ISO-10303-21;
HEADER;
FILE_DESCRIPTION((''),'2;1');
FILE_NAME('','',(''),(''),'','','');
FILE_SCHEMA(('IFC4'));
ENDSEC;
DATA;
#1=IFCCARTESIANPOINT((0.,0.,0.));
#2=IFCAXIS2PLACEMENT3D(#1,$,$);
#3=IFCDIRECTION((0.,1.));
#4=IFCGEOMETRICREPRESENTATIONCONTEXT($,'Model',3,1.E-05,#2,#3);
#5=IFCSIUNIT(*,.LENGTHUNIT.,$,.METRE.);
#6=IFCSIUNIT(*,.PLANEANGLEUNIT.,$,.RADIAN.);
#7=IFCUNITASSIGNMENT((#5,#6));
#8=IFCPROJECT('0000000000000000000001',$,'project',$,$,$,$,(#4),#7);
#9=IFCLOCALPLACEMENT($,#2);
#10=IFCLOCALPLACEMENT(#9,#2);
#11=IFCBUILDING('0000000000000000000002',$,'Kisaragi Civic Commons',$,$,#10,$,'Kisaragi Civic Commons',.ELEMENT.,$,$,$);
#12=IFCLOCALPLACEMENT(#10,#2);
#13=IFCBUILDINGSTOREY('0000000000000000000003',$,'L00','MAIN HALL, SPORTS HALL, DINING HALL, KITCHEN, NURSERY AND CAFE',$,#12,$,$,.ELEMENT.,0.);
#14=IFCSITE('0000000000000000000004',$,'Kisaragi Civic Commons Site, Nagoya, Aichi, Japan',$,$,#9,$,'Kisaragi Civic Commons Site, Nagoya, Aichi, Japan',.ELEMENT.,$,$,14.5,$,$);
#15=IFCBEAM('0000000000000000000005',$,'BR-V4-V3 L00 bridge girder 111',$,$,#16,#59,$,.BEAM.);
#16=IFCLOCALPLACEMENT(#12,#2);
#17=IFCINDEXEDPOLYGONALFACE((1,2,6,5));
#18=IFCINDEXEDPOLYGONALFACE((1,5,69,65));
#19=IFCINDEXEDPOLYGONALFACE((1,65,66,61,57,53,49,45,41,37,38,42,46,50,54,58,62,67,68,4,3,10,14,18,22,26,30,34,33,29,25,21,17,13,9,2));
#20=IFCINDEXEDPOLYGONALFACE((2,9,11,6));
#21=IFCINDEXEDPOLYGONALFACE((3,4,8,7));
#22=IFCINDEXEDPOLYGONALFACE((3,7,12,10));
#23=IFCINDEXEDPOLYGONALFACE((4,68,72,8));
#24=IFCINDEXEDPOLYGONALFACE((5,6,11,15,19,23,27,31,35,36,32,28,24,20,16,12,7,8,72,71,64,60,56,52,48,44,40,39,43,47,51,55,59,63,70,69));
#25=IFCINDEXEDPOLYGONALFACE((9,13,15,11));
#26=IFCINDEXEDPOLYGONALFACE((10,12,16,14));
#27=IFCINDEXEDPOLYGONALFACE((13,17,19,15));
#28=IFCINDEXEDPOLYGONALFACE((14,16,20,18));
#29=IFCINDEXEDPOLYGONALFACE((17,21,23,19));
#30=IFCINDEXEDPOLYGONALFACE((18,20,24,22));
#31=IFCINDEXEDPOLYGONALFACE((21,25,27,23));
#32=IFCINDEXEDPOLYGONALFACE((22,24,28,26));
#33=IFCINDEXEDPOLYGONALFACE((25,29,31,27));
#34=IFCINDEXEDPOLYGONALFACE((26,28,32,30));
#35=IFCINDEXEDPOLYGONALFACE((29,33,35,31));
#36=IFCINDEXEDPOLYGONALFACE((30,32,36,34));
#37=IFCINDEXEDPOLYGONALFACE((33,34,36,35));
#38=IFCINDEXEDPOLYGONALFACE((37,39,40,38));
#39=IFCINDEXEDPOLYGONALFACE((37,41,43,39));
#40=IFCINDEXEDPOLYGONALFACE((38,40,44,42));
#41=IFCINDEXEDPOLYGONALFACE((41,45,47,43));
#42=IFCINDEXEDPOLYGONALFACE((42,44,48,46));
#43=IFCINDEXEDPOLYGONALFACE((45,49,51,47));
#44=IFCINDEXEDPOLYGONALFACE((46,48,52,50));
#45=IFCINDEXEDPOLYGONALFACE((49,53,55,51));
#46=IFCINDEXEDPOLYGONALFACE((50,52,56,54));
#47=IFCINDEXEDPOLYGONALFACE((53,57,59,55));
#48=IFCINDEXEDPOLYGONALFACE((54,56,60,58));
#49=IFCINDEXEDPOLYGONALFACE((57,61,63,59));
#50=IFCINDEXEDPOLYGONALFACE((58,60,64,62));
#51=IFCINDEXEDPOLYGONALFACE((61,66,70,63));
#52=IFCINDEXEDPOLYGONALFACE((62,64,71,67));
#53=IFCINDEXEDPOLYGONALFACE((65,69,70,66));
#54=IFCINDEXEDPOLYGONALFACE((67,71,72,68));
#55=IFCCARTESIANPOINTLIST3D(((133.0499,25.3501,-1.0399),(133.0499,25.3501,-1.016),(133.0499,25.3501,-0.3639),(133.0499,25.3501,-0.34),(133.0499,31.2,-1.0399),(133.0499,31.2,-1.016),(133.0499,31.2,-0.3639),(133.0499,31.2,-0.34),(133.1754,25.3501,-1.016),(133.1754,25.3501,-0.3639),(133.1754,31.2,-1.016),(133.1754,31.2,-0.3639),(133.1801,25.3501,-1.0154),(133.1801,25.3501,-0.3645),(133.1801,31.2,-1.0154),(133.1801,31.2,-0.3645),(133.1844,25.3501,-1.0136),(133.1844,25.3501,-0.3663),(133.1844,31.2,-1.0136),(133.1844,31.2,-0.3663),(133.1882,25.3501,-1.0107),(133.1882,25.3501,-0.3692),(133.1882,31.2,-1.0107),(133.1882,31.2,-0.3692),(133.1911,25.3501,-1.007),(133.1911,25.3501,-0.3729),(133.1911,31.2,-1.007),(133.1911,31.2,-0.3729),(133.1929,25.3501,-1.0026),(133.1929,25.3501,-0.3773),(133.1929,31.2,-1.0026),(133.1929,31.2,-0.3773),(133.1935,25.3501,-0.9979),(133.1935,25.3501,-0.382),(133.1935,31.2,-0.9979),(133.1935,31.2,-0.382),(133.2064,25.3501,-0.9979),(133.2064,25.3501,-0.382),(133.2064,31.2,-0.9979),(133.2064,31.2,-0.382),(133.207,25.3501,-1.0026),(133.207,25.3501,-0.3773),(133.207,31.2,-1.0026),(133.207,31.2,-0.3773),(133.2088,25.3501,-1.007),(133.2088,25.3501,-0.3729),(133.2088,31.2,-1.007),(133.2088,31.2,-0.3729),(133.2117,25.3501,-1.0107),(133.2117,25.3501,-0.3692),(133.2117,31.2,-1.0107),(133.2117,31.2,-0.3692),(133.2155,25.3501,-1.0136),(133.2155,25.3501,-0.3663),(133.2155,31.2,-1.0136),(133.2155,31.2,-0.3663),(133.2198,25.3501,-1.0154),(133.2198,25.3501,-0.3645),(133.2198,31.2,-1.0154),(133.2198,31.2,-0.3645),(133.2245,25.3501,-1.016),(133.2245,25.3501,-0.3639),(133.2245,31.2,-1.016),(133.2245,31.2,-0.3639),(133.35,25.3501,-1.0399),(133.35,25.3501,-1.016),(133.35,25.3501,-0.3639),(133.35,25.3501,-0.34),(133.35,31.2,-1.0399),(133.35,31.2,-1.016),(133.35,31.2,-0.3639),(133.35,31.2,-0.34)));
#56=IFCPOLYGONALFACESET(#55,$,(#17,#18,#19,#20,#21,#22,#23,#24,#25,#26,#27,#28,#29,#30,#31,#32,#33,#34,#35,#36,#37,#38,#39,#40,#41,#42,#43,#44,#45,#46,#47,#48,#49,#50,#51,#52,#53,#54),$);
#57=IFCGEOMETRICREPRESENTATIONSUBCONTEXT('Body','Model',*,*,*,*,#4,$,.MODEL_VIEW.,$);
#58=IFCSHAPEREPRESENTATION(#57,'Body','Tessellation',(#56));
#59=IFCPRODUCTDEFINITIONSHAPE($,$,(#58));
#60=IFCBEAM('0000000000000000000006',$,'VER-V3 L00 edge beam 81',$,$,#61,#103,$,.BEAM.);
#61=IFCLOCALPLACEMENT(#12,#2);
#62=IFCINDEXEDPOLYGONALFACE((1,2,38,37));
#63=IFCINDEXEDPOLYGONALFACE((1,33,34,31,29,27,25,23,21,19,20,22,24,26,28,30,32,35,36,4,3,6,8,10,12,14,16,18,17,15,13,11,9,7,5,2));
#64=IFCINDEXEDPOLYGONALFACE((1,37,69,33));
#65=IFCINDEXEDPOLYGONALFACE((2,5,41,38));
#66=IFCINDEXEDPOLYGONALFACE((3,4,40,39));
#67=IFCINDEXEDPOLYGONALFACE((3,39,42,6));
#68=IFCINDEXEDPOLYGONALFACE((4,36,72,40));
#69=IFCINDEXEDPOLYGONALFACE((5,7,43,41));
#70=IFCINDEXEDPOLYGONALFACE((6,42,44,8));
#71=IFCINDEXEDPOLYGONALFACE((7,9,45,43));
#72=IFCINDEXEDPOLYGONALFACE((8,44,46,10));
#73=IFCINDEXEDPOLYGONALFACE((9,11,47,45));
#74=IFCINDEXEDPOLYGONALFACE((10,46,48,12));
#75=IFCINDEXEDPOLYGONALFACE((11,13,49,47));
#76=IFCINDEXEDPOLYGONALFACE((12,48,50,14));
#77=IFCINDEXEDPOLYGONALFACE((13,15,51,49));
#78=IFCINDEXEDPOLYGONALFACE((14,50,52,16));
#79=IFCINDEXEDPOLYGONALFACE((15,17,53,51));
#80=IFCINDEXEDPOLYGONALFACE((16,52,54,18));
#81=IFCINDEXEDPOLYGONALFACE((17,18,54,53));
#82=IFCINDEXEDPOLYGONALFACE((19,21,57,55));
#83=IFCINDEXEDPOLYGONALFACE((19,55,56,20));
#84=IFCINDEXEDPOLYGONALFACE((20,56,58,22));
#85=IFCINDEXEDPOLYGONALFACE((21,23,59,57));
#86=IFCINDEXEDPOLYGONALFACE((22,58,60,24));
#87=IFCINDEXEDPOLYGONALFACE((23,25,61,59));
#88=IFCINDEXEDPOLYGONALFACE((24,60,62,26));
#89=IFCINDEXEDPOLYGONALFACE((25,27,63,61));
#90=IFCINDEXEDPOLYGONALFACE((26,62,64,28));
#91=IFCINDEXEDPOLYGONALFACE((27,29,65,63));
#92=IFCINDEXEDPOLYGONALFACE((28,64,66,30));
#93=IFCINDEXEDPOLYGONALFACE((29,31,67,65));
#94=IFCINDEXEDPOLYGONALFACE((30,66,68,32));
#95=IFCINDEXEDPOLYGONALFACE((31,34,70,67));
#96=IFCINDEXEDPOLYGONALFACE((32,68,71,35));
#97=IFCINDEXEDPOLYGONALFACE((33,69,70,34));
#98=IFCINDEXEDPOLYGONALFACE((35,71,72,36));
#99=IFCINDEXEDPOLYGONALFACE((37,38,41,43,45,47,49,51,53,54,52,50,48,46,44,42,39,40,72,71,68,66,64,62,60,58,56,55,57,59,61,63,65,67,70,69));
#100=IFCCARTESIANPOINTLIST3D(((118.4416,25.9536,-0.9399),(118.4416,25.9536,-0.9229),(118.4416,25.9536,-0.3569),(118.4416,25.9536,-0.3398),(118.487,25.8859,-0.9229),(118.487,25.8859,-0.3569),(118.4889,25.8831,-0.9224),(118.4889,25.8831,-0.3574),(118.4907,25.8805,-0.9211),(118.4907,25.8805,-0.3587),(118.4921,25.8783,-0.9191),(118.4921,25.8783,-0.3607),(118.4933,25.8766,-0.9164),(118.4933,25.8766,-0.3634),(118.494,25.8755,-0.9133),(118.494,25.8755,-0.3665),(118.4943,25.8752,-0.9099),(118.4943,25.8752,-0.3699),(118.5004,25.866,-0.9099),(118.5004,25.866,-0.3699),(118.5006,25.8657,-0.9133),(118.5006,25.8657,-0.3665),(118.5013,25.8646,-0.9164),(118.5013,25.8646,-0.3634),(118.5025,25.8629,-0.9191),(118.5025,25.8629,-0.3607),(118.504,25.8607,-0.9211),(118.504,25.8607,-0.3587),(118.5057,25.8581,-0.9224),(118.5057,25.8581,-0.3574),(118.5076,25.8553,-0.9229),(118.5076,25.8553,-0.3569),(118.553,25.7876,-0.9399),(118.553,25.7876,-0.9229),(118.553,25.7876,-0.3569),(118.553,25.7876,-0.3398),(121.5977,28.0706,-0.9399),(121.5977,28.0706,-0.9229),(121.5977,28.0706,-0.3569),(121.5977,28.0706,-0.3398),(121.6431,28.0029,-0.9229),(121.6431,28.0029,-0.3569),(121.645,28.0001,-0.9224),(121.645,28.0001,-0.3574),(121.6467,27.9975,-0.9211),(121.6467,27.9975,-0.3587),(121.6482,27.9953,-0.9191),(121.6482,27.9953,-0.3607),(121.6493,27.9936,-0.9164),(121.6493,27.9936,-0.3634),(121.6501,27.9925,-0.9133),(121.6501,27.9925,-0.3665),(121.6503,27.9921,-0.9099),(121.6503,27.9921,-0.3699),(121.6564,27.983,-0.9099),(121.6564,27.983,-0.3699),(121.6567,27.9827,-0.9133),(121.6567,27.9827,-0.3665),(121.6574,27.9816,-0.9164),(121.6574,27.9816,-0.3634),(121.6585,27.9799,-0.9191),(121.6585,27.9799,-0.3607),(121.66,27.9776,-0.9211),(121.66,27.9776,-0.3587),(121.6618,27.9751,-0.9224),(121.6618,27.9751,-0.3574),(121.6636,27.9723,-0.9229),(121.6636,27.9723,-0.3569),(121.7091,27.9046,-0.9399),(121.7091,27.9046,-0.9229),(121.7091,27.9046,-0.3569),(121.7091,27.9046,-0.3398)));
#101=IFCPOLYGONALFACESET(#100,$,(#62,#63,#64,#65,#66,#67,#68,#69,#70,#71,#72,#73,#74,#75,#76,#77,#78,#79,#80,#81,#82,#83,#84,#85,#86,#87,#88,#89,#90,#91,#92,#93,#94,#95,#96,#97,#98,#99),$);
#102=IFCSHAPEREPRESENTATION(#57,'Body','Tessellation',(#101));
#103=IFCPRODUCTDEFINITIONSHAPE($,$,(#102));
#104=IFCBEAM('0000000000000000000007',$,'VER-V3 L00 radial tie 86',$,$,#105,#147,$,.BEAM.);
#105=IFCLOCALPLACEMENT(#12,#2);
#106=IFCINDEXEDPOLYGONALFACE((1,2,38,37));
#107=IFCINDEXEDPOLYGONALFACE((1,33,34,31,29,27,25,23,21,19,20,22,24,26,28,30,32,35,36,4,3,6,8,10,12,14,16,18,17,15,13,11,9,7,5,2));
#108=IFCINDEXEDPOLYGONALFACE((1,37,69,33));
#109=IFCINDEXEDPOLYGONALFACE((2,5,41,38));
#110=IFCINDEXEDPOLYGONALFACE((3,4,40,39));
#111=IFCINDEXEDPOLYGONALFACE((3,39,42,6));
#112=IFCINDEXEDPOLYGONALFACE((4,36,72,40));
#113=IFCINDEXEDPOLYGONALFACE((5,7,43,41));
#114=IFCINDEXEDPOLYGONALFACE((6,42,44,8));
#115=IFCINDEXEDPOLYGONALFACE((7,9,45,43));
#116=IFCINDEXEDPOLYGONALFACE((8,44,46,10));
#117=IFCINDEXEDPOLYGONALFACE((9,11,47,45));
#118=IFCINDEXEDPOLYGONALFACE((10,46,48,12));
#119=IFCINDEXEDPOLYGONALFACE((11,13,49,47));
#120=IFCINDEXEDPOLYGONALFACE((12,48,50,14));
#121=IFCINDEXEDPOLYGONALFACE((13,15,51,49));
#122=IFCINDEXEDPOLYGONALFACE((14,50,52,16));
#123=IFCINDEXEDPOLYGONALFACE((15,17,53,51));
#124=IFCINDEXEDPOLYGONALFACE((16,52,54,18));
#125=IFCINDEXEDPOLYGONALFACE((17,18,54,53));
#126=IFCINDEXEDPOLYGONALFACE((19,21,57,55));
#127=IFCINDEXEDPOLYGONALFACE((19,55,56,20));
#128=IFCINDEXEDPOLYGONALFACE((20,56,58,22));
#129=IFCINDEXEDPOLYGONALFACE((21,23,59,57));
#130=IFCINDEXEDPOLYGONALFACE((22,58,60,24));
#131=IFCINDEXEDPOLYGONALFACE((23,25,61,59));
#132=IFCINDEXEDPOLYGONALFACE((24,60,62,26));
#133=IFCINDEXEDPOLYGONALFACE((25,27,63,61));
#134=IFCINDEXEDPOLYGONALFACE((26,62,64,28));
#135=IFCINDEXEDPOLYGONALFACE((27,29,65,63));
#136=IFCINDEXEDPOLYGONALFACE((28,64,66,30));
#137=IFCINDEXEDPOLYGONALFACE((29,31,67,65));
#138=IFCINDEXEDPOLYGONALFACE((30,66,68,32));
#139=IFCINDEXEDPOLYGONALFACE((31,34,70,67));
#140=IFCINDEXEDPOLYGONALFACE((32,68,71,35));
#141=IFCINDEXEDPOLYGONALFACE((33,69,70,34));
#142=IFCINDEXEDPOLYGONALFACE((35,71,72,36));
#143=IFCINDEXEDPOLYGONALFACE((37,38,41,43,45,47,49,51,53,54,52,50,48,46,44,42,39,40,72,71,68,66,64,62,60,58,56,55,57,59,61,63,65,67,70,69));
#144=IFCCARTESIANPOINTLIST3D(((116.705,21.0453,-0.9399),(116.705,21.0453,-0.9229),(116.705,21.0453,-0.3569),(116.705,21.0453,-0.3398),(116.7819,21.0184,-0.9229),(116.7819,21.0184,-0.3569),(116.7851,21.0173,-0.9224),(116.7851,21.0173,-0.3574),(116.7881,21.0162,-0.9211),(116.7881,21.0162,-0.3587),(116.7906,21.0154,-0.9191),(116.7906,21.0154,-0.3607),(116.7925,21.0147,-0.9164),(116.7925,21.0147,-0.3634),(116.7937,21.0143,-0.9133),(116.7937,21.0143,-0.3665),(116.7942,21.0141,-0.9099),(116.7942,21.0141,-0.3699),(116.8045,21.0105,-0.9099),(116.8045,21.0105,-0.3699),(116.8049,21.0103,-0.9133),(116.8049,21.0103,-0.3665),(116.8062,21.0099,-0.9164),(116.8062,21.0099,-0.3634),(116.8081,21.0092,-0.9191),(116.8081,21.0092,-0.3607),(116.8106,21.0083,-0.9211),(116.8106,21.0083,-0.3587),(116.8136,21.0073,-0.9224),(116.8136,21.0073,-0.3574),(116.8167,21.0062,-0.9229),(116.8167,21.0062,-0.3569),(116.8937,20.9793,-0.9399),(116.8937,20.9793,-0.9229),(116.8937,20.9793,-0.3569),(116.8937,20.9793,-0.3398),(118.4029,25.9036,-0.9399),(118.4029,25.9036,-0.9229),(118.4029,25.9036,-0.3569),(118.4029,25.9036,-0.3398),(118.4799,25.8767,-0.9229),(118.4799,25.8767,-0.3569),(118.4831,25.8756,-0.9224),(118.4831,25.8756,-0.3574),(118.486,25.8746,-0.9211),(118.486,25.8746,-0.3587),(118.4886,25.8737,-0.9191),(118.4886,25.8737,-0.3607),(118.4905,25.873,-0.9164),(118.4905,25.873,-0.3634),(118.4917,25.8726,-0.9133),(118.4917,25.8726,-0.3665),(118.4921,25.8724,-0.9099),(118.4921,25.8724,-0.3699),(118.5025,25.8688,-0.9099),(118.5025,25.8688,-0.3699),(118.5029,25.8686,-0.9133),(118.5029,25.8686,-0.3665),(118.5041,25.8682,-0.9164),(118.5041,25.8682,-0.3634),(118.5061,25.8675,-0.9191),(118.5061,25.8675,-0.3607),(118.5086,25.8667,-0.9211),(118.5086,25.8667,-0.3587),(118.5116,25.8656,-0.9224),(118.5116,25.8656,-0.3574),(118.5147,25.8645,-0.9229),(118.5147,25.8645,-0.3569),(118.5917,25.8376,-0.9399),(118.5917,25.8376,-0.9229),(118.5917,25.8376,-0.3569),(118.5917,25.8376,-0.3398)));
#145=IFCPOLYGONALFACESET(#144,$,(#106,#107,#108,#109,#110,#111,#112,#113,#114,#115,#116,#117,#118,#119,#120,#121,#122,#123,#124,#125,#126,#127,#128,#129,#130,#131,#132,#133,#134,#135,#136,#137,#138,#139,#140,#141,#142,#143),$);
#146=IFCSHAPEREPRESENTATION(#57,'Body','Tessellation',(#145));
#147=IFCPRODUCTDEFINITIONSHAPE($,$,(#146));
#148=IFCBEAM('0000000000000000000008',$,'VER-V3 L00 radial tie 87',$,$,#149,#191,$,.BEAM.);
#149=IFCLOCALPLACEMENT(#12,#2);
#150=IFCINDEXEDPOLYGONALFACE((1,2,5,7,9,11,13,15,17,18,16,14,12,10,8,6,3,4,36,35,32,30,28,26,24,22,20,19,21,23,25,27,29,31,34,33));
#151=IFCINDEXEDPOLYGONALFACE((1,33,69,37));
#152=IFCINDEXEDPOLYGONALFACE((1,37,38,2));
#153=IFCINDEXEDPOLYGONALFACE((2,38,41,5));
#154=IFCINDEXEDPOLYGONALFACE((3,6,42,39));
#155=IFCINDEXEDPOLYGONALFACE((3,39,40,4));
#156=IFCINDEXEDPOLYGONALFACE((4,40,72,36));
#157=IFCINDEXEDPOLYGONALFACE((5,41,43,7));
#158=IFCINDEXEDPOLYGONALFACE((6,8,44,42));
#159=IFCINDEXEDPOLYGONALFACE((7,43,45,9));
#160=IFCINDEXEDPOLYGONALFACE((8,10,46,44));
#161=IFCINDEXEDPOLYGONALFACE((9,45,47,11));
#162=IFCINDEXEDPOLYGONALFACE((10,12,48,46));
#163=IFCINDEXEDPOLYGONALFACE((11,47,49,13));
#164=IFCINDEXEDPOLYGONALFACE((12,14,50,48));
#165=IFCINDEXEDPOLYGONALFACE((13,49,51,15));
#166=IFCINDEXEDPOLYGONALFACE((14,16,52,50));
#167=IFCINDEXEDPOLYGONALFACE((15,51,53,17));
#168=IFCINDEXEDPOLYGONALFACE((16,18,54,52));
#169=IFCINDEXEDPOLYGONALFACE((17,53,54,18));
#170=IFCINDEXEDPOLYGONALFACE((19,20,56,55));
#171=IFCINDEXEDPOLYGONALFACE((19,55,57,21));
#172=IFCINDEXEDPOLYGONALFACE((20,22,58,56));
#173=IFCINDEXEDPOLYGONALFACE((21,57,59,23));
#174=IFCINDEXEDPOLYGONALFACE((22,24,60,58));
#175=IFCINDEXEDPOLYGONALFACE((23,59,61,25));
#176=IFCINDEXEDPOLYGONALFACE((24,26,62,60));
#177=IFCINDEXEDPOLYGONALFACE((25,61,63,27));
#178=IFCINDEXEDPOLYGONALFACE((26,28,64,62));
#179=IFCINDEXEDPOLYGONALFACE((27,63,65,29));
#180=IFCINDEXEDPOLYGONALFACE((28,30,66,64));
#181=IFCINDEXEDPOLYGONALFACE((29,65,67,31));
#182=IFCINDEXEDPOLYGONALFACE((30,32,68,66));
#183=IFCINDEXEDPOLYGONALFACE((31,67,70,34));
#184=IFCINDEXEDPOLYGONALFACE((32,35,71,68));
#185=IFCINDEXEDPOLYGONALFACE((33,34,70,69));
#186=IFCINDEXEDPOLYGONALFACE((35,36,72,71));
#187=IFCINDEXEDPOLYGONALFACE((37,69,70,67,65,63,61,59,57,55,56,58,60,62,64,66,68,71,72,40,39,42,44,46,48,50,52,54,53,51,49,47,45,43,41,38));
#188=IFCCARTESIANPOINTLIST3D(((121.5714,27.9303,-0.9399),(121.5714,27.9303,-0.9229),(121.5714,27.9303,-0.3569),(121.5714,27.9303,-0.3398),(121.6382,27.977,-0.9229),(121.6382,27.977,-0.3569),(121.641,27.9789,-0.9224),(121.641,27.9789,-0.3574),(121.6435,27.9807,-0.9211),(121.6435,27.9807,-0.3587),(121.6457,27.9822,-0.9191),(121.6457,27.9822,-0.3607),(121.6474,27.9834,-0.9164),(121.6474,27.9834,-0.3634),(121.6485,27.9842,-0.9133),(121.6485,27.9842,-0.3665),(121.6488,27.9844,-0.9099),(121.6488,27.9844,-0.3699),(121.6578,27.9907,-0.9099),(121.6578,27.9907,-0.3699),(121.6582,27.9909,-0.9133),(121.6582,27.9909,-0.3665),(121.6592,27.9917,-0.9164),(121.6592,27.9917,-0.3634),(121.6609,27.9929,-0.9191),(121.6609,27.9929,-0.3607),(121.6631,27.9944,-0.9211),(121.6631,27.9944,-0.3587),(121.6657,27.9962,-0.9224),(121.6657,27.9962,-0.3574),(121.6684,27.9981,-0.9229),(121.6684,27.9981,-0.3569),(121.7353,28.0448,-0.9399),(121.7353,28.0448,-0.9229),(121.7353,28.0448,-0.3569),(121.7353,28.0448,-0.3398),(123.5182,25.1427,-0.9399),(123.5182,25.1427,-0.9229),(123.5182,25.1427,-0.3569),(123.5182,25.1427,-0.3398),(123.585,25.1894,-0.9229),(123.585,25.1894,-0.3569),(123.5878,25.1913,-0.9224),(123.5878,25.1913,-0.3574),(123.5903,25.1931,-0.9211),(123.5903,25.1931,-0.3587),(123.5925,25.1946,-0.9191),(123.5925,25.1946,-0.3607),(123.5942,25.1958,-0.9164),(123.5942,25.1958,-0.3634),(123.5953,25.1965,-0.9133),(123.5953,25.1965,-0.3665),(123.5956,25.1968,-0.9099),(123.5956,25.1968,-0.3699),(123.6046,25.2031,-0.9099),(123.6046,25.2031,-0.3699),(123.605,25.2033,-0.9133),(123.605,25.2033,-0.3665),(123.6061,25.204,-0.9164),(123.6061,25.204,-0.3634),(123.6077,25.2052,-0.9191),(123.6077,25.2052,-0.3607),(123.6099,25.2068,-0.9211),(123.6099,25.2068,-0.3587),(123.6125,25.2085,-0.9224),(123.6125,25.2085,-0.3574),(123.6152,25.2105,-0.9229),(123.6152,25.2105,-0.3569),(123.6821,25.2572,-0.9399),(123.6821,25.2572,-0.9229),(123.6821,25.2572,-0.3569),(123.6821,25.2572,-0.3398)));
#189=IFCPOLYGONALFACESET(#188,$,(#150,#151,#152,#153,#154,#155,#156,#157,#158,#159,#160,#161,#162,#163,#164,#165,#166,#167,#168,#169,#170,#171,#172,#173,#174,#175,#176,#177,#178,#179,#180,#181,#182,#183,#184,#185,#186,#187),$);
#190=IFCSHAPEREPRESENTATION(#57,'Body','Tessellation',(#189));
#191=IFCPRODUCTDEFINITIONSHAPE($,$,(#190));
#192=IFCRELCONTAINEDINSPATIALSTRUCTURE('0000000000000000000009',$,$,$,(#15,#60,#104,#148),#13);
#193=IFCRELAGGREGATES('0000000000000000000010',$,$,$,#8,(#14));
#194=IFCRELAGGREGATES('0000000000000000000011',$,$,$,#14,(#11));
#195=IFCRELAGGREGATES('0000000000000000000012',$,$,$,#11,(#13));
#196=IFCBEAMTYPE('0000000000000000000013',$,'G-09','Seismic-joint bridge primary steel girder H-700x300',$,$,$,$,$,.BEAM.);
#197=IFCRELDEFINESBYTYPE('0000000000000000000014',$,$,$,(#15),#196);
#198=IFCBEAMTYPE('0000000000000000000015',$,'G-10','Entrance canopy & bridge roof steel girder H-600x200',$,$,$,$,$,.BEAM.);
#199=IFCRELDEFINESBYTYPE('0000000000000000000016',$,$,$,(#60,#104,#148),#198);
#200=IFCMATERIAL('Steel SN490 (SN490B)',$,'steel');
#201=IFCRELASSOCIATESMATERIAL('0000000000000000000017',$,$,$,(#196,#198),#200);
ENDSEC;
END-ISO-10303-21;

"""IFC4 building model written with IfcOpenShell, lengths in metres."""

from ifc_helpers import new_model, si_unit, direction, frame, origin, origin_2d, place, context, subcontext, project, spatial, i_section, extrude, material, material_profile, profile_set, type_object, element, save


model = new_model("IFC4")

# Units and contexts
model_context = context("Model", 3, precision=1e-05, world=origin(), true_north=direction((0.0, 1.0)))
body_context = subcontext(model_context, "Body", "Model", "MODEL_VIEW")
ifc_project = project(units=[si_unit("LENGTHUNIT", "METRE"), si_unit("PLANEANGLEUNIT", "RADIAN")], contexts=[model_context])

# Site, building, storey
site_placement = place(None, origin())
site = spatial("IfcSite", under=ifc_project, at=site_placement, Name="Kisaragi Civic Commons Site, Nagoya, Aichi, Japan", LongName="Kisaragi Civic Commons Site, Nagoya, Aichi, Japan", CompositionType="ELEMENT", RefElevation=14.5)
building_placement = place(site_placement, origin())
building = spatial("IfcBuilding", under=site, at=building_placement, Name="Kisaragi Civic Commons", LongName="Kisaragi Civic Commons", CompositionType="ELEMENT")
storey_placement = place(building_placement, origin())
storey = spatial("IfcBuildingStorey", under=building, at=storey_placement, Name="L00", Description="MAIN HALL, SPORTS HALL, DINING HALL, KITCHEN, NURSERY AND CAFE", CompositionType="ELEMENT", Elevation=0.0)

# Beams
ifc_material_1 = material(Name="Steel SN490 (SN490B)", Category="steel")
ifc_material_profile_1 = material_profile(ifc_material_1, i_section(OverallWidth=0.3, OverallDepth=0.7, WebThickness=0.0129, FlangeThickness=0.0239, FilletRadius=0.0181, at=origin_2d()), Name="H-700x300x13x24", Category="steel")
ifc_profile_set_1 = profile_set([ifc_material_profile_1], Name="Steel SN490 (SN490B)")
beam_type_1 = type_object("IfcBeamType", Name="G-09", Description="Seismic-joint bridge primary steel girder H-700x300", PredefinedType="BEAM", material=ifc_profile_set_1)
beam_1_placement = place(storey_placement, frame((133.2, 31.2, -0.6899), z_axis=(0.0, -1.0, 0.0), x_axis=(1.0, 0.0, 0.0)))
element("IfcBeam", 1, at=beam_1_placement, inside=storey, type_object=beam_type_1, Name="BR-V4-V3 L00 bridge girder 111", PredefinedType="BEAM", context=body_context, shape_type="SweptSolid", body=[
    extrude(i_section(OverallWidth=0.3, OverallDepth=0.7, WebThickness=0.0129, FlangeThickness=0.0239, FilletRadius=0.0181, at=origin_2d()), origin(), (0.0, 0.0, 1.0), 5.8499),
])
ifc_material_profile_2 = material_profile(ifc_material_1, i_section(OverallWidth=0.2, OverallDepth=0.6001, WebThickness=0.011, FlangeThickness=0.0171, FilletRadius=0.0129, at=origin_2d()), Name="H-600x200x11x17", Category="steel")
ifc_profile_set_2 = profile_set([ifc_material_profile_2], Name="Steel SN490 (SN490B)")
beam_type_2 = type_object("IfcBeamType", Name="G-10", Description="Entrance canopy & bridge roof steel girder H-600x200", PredefinedType="BEAM", material=ifc_profile_set_2)
beam_2_placement = place(storey_placement, frame((118.4973, 25.8706, -0.6399), z_axis=(0.830475, 0.557055, 0.0), x_axis=(-0.557055, 0.830475, 0.0)))
element("IfcBeam", 2, at=beam_2_placement, inside=storey, type_object=beam_type_2, Name="VER-V3 L00 edge beam 81", PredefinedType="BEAM", context=body_context, shape_type="SweptSolid", body=[
    extrude(i_section(OverallWidth=0.2, OverallDepth=0.6001, WebThickness=0.011, FlangeThickness=0.0171, FilletRadius=0.0129, at=origin_2d()), origin(), (0.0, 0.0, 1.0), 3.8003),
])
beam_3_placement = place(storey_placement, frame((118.4973, 25.8706, -0.6399), z_axis=(-0.329928, -0.944006, 0.0), x_axis=(0.944006, -0.329928, 0.0)))
element("IfcBeam", 3, at=beam_3_placement, inside=storey, type_object=beam_type_2, Name="VER-V3 L00 radial tie 86", PredefinedType="BEAM", context=body_context, shape_type="SweptSolid", body=[
    extrude(i_section(OverallWidth=0.2, OverallDepth=0.6001, WebThickness=0.011, FlangeThickness=0.0171, FilletRadius=0.0129, at=origin_2d()), origin(), (0.0, 0.0, 1.0), 5.1465),
])
beam_4_placement = place(storey_placement, frame((121.6533, 27.9875, -0.6399), z_axis=(0.572566, -0.819859, 0.0), x_axis=(0.819859, 0.572566, 0.0)))
element("IfcBeam", 4, at=beam_4_placement, inside=storey, type_object=beam_type_2, Name="VER-V3 L00 radial tie 87", PredefinedType="BEAM", context=body_context, shape_type="SweptSolid", body=[
    extrude(i_section(OverallWidth=0.2, OverallDepth=0.6001, WebThickness=0.011, FlangeThickness=0.0171, FilletRadius=0.0129, at=origin_2d()), origin(), (0.0, 0.0, 1.0), 3.4001),
])

save(model, "model.ifc")
